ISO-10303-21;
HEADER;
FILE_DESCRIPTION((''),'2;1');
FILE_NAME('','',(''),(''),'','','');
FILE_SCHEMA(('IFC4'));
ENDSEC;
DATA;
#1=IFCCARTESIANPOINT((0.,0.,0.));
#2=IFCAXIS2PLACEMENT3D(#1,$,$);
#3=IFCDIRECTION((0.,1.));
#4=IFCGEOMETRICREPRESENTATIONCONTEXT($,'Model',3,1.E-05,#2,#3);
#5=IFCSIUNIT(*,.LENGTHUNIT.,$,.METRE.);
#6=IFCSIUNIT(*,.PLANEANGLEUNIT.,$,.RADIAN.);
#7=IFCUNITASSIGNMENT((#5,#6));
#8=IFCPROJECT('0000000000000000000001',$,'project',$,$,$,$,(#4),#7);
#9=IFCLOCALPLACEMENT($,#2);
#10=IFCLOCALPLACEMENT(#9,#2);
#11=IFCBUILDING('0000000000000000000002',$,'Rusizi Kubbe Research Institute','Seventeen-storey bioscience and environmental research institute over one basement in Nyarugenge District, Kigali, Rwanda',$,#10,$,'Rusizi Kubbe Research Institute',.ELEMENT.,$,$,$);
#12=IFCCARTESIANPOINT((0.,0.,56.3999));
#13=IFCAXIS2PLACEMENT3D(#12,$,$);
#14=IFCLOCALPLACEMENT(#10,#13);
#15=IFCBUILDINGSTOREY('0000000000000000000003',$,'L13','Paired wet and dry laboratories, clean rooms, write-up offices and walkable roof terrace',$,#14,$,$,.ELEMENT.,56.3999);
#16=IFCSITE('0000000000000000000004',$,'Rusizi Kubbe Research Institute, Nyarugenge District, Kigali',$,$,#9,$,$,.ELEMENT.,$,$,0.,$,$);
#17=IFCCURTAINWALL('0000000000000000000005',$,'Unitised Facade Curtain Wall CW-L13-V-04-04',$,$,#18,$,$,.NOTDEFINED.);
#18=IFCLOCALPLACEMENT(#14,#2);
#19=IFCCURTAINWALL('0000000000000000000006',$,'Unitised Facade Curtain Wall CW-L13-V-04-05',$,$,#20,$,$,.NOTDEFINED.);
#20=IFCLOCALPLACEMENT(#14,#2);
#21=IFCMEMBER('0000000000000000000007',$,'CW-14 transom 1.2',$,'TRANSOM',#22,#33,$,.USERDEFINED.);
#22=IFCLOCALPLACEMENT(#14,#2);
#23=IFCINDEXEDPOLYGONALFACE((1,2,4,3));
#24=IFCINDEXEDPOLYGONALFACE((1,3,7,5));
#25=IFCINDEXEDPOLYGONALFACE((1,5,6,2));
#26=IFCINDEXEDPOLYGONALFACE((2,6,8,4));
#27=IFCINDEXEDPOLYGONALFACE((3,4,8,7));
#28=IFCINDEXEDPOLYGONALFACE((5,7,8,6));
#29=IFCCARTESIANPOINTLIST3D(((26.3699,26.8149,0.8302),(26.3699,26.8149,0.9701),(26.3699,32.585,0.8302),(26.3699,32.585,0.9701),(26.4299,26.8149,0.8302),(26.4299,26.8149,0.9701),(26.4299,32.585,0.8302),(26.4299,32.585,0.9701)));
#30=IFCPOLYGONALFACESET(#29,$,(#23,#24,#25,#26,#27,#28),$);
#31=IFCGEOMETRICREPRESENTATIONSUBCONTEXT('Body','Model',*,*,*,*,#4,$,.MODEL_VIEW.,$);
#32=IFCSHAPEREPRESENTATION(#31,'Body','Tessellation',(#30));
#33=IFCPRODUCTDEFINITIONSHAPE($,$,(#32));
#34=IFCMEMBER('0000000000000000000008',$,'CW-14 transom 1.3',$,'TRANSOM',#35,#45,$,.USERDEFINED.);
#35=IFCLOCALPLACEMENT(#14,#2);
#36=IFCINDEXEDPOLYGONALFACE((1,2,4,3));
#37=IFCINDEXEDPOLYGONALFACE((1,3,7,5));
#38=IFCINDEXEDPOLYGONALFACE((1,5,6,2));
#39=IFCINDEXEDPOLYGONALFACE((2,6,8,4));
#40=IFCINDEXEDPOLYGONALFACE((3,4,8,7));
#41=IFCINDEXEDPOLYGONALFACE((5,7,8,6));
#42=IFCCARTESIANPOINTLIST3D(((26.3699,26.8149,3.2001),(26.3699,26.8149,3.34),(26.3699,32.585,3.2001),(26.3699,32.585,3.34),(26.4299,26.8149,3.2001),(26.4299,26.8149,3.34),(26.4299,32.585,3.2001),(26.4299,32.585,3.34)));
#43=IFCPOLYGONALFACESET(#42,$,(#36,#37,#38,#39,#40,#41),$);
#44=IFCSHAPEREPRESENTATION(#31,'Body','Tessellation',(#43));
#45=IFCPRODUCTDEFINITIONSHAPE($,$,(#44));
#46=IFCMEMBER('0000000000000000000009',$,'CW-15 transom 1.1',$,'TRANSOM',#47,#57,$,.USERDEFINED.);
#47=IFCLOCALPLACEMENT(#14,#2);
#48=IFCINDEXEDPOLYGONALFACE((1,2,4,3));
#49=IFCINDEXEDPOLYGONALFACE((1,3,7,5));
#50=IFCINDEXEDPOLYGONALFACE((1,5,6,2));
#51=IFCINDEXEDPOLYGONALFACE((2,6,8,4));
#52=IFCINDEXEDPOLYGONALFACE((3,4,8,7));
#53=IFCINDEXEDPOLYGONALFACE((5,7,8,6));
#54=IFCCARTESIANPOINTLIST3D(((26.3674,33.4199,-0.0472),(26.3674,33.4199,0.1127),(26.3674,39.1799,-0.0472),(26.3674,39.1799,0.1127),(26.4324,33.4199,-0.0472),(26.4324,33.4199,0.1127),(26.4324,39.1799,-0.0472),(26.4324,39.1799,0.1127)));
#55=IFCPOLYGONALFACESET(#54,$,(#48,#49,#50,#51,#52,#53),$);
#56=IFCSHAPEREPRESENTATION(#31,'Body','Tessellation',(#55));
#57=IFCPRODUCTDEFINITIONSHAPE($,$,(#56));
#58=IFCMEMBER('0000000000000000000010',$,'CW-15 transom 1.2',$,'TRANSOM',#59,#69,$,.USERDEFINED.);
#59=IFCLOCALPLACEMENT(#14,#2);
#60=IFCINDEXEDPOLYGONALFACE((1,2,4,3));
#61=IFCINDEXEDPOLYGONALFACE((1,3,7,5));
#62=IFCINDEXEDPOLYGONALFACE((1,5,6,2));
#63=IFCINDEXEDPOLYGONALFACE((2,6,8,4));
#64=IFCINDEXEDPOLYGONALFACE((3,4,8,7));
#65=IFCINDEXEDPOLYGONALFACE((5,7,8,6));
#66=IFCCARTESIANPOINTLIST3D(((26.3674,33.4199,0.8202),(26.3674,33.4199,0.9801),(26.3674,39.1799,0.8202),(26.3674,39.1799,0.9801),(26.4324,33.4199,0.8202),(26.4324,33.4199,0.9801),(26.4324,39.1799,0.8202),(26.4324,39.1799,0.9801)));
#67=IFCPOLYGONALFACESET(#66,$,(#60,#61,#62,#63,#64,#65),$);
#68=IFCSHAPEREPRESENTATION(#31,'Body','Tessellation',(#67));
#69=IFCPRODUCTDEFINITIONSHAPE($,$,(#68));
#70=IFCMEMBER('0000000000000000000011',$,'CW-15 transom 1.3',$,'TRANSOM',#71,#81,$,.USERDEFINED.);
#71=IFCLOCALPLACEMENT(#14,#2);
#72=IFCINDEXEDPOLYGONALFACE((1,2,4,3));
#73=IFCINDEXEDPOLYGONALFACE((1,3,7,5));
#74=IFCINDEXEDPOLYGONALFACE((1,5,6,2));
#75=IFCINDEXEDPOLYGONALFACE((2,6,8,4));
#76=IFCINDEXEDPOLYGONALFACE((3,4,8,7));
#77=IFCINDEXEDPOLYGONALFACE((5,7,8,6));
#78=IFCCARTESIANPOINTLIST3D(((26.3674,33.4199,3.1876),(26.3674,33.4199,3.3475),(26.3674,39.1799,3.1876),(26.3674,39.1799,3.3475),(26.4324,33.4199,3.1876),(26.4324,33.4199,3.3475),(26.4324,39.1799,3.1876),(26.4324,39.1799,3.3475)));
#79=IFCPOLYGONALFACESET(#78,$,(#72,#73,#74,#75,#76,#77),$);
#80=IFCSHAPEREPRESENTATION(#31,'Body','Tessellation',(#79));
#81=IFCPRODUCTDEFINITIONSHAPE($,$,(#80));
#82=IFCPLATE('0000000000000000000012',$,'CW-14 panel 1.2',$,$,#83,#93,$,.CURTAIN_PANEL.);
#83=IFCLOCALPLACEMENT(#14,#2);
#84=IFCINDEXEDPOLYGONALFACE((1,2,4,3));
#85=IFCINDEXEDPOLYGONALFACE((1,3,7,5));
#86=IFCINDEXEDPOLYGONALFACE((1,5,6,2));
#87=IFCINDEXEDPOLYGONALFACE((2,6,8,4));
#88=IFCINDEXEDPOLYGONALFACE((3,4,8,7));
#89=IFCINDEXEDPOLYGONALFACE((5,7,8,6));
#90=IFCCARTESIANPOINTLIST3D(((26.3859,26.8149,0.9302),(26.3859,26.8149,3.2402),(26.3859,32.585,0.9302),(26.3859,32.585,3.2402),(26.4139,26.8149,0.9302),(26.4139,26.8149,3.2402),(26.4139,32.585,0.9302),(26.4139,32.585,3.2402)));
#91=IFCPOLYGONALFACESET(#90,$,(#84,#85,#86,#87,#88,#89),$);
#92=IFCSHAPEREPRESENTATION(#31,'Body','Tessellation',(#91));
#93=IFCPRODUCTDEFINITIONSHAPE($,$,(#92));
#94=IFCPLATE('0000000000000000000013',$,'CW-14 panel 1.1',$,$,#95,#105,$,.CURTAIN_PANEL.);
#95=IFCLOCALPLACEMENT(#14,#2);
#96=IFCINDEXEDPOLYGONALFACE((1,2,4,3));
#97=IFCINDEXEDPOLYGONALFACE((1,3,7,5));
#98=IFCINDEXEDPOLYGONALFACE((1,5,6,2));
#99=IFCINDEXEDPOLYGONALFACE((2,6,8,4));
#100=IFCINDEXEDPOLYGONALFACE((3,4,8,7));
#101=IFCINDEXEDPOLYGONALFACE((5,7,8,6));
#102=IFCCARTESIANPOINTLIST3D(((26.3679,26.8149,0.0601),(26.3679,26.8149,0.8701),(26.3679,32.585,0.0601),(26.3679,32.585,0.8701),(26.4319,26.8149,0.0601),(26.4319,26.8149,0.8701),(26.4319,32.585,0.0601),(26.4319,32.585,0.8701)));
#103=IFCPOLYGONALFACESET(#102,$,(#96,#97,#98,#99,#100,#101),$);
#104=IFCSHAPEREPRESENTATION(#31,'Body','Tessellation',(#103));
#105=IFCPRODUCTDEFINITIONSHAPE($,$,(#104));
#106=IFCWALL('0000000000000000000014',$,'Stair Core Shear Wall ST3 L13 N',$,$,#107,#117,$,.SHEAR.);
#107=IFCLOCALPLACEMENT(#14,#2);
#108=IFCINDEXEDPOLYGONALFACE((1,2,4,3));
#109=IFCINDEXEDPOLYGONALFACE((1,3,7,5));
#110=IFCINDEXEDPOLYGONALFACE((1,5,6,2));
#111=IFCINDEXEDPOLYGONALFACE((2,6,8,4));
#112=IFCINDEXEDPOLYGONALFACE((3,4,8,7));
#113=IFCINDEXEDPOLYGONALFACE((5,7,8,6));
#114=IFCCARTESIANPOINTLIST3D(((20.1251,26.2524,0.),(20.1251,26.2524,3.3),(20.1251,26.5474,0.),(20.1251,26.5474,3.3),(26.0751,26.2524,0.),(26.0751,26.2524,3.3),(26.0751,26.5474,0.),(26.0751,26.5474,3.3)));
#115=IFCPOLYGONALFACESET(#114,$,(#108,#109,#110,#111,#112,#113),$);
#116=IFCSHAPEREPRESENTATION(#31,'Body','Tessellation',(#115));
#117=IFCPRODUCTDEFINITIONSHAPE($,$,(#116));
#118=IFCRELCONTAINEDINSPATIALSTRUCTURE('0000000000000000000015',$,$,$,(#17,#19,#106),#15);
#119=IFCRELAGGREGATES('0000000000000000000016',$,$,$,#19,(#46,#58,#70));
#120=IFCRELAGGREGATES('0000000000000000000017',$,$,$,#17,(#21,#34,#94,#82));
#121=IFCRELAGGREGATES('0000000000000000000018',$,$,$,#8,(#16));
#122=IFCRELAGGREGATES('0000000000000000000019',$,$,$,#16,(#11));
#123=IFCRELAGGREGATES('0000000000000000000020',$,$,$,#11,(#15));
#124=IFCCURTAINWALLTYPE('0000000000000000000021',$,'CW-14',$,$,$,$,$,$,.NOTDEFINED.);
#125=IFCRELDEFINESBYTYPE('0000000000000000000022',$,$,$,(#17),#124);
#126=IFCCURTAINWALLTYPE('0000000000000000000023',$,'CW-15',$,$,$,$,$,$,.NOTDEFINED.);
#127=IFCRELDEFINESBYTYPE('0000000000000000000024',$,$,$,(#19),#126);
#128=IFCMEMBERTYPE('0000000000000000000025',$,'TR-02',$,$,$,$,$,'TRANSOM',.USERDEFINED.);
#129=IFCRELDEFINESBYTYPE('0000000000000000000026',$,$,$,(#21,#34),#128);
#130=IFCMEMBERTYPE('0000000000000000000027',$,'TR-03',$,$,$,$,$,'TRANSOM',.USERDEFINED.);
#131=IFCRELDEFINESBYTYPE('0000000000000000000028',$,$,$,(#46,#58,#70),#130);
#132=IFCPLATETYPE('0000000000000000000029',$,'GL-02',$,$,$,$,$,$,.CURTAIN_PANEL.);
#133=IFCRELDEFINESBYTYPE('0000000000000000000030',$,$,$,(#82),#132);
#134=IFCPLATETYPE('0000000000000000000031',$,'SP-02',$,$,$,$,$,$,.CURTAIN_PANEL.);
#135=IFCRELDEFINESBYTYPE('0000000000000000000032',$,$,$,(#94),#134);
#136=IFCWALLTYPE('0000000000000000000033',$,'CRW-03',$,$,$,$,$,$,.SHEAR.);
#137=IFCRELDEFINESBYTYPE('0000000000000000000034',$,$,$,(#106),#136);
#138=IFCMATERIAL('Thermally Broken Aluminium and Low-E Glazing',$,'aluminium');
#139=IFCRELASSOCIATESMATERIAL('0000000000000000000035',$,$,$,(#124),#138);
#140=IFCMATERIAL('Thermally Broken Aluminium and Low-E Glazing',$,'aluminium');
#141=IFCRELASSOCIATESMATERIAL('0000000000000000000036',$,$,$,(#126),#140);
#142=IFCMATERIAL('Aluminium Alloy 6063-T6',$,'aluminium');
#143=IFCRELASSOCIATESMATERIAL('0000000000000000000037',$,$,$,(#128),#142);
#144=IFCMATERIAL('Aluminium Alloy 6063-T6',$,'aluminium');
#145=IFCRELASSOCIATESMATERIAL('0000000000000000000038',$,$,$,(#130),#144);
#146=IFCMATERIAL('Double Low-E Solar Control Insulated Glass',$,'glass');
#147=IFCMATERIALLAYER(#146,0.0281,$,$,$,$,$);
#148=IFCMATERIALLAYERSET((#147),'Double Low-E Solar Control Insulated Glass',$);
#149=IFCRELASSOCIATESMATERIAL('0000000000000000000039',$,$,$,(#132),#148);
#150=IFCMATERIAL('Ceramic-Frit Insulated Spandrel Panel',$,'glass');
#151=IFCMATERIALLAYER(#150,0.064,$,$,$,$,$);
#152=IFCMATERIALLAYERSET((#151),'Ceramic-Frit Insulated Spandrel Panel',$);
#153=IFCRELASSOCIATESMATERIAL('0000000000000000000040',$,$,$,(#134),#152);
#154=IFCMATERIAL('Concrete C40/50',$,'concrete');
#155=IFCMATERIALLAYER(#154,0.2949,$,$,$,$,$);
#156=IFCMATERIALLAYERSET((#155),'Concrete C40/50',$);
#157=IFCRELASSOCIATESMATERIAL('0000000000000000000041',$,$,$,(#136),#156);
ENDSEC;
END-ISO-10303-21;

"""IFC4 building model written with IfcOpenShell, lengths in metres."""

from ifc_helpers import new_model, si_unit, direction, frame, frame_2d, origin, origin_2d, place, context, subcontext, project, spatial, rectangle, extrude, material, layer, layer_set, material_profile, profile_set, type_object, element, aggregate, save


model = new_model("IFC4")

# Units and contexts
model_context = context("Model", 3, precision=1e-05, world=origin(), true_north=direction((0.0, 1.0)))
body_context = subcontext(model_context, "Body", "Model", "MODEL_VIEW")
ifc_project = project(units=[si_unit("LENGTHUNIT", "METRE"), si_unit("PLANEANGLEUNIT", "RADIAN")], contexts=[model_context])

# Site, building, storey
site_placement = place(None, origin())
site = spatial("IfcSite", under=ifc_project, at=site_placement, Name="Rusizi Kubbe Research Institute, Nyarugenge District, Kigali", CompositionType="ELEMENT", RefElevation=0.0)
building_placement = place(site_placement, origin())
building = spatial("IfcBuilding", under=site, at=building_placement, Name="Rusizi Kubbe Research Institute", Description="Seventeen-storey bioscience and environmental research institute over one basement in Nyarugenge District, Kigali, Rwanda", LongName="Rusizi Kubbe Research Institute", CompositionType="ELEMENT")
storey_placement = place(building_placement, frame((0.0, 0.0, 56.3999)))
storey = spatial("IfcBuildingStorey", under=building, at=storey_placement, Name="L13", Description="Paired wet and dry laboratories, clean rooms, write-up offices and walkable roof terrace", CompositionType="ELEMENT", Elevation=56.3999)

# Curtain wall
ifc_material_1 = material(Name="Thermally Broken Aluminium and Low-E Glazing", Category="aluminium")
curtain_wall_type_1 = type_object("IfcCurtainWallType", Name="CW-14", PredefinedType="NOTDEFINED", material=ifc_material_1)
curtain_wall_1_placement = place(storey_placement, origin())
curtain_wall_1 = element("IfcCurtainWall", 1, at=curtain_wall_1_placement, inside=storey, type_object=curtain_wall_type_1, Name="Unitised Facade Curtain Wall CW-L13-V-04-04", PredefinedType="NOTDEFINED")

# Curtain wall
ifc_material_2 = material(Name="Thermally Broken Aluminium and Low-E Glazing", Category="aluminium")
curtain_wall_type_2 = type_object("IfcCurtainWallType", Name="CW-15", PredefinedType="NOTDEFINED", material=ifc_material_2)
curtain_wall_2_placement = place(storey_placement, origin())
curtain_wall_2 = element("IfcCurtainWall", 2, at=curtain_wall_2_placement, inside=storey, type_object=curtain_wall_type_2, Name="Unitised Facade Curtain Wall CW-L13-V-04-05", PredefinedType="NOTDEFINED")

# Members
ifc_material_3 = material(Name="Aluminium Alloy 6063-T6", Category="aluminium")
ifc_material_profile_1 = material_profile(ifc_material_3, rectangle(XDim=0.0601, YDim=0.1399, at=origin_2d()), Name="ALU-T 60x140")
ifc_profile_set_1 = profile_set([ifc_material_profile_1], Name="Aluminium Alloy 6063-T6")
member_type_1 = type_object("IfcMemberType", Name="TR-02", ElementType="TRANSOM", PredefinedType="USERDEFINED", material=ifc_profile_set_1)
member_1_placement = place(storey_placement, frame((26.3999, 26.8149, 0.9001), z_axis=(0.0, 1.0, 0.0), x_axis=(-1.0, 0.0, 0.0)))
member_1 = element("IfcMember", 3, at=member_1_placement, type_object=member_type_1, Name="CW-14 transom 1.2", ObjectType="TRANSOM", PredefinedType="USERDEFINED", context=body_context, shape_type="SweptSolid", body=[
    extrude(rectangle(XDim=0.0601, YDim=0.1399, at=origin_2d()), origin(), (0.0, 0.0, 1.0), 5.77),
])
member_2_placement = place(storey_placement, frame((26.3999, 26.8149, 3.27), z_axis=(0.0, 1.0, 0.0), x_axis=(-1.0, 0.0, 0.0)))
member_2 = element("IfcMember", 4, at=member_2_placement, type_object=member_type_1, Name="CW-14 transom 1.3", ObjectType="TRANSOM", PredefinedType="USERDEFINED", context=body_context, shape_type="SweptSolid", body=[
    extrude(rectangle(XDim=0.0601, YDim=0.1399, at=origin_2d()), origin(), (0.0, 0.0, 1.0), 5.77),
])
ifc_material_4 = material(Name="Aluminium Alloy 6063-T6", Category="aluminium")
ifc_material_profile_2 = material_profile(ifc_material_4, rectangle(XDim=0.0649, YDim=0.1599, at=origin_2d()), Name="ALU-T 65x160")
ifc_profile_set_2 = profile_set([ifc_material_profile_2], Name="Aluminium Alloy 6063-T6")
member_type_2 = type_object("IfcMemberType", Name="TR-03", ElementType="TRANSOM", PredefinedType="USERDEFINED", material=ifc_profile_set_2)
member_3_placement = place(storey_placement, frame((26.3999, 33.4199, 0.0327), z_axis=(0.0, 1.0, 0.0), x_axis=(-1.0, 0.0, 0.0)))
member_3 = element("IfcMember", 5, at=member_3_placement, type_object=member_type_2, Name="CW-15 transom 1.1", ObjectType="TRANSOM", PredefinedType="USERDEFINED", context=body_context, shape_type="SweptSolid", body=[
    extrude(rectangle(XDim=0.0649, YDim=0.1599, at=origin_2d()), origin(), (0.0, 0.0, 1.0), 5.76),
])
member_4_placement = place(storey_placement, frame((26.3999, 33.4199, 0.9001), z_axis=(0.0, 1.0, 0.0), x_axis=(-1.0, 0.0, 0.0)))
member_4 = element("IfcMember", 6, at=member_4_placement, type_object=member_type_2, Name="CW-15 transom 1.2", ObjectType="TRANSOM", PredefinedType="USERDEFINED", context=body_context, shape_type="SweptSolid", body=[
    extrude(rectangle(XDim=0.0649, YDim=0.1599, at=origin_2d()), origin(), (0.0, 0.0, 1.0), 5.76),
])
member_5_placement = place(storey_placement, frame((26.3999, 33.4199, 3.2676), z_axis=(0.0, 1.0, 0.0), x_axis=(-1.0, 0.0, 0.0)))
member_5 = element("IfcMember", 7, at=member_5_placement, type_object=member_type_2, Name="CW-15 transom 1.3", ObjectType="TRANSOM", PredefinedType="USERDEFINED", context=body_context, shape_type="SweptSolid", body=[
    extrude(rectangle(XDim=0.0649, YDim=0.1599, at=origin_2d()), origin(), (0.0, 0.0, 1.0), 5.76),
])
aggregate(curtain_wall_2, [member_3, member_4, member_5])

# Plates
ifc_material_5 = material(Name="Double Low-E Solar Control Insulated Glass", Category="glass")
ifc_layer_1 = layer(ifc_material_5, 0.0281)
ifc_layer_set_1 = layer_set([ifc_layer_1], Name="Double Low-E Solar Control Insulated Glass")
plate_type_1 = type_object("IfcPlateType", Name="GL-02", PredefinedType="CURTAIN_PANEL", material=ifc_layer_set_1)
plate_1_placement = place(storey_placement, frame((26.3999, 29.7, 0.9302), z_axis=(0.0, 0.0, 1.0), x_axis=(0.0, 1.0, 0.0)))
plate_1 = element("IfcPlate", 8, at=plate_1_placement, type_object=plate_type_1, Name="CW-14 panel 1.2", PredefinedType="CURTAIN_PANEL", context=body_context, shape_type="SweptSolid", body=[
    extrude(rectangle(XDim=5.77, YDim=0.0281, at=origin_2d()), origin(), (0.0, 0.0, 1.0), 2.3101),
])
ifc_material_6 = material(Name="Ceramic-Frit Insulated Spandrel Panel", Category="glass")
ifc_layer_2 = layer(ifc_material_6, 0.064)
ifc_layer_set_2 = layer_set([ifc_layer_2], Name="Ceramic-Frit Insulated Spandrel Panel")
plate_type_2 = type_object("IfcPlateType", Name="SP-02", PredefinedType="CURTAIN_PANEL", material=ifc_layer_set_2)
plate_2_placement = place(storey_placement, frame((26.3999, 29.7, 0.0601), z_axis=(0.0, 0.0, 1.0), x_axis=(0.0, 1.0, 0.0)))
plate_2 = element("IfcPlate", 9, at=plate_2_placement, type_object=plate_type_2, Name="CW-14 panel 1.1", PredefinedType="CURTAIN_PANEL", context=body_context, shape_type="SweptSolid", body=[
    extrude(rectangle(XDim=5.77, YDim=0.064, at=origin_2d()), origin(), (0.0, 0.0, 1.0), 0.8101),
])
aggregate(curtain_wall_1, [member_1, member_2, plate_2, plate_1])

# Wall
ifc_material_7 = material(Name="Concrete C40/50", Category="concrete")
ifc_layer_3 = layer(ifc_material_7, 0.2949)
ifc_layer_set_3 = layer_set([ifc_layer_3], Name="Concrete C40/50")
wall_type = type_object("IfcWallType", Name="CRW-03", PredefinedType="SHEAR", material=ifc_layer_set_3)
wall_placement = place(storey_placement, frame((20.125, 26.3999, 0.0), z_axis=(0.0, 0.0, 1.0), x_axis=(1.0, 0.0, 0.0)))
element("IfcWall", 10, at=wall_placement, inside=storey, type_object=wall_type, Name="Stair Core Shear Wall ST3 L13 N", PredefinedType="SHEAR", context=body_context, shape_type="SweptSolid", body=[
    extrude(rectangle(XDim=5.95, YDim=0.2949, at=frame_2d((2.9751, 0.0))), origin(), (0.0, 0.0, 1.0), 3.3),
])

save(model, "model.ifc")
